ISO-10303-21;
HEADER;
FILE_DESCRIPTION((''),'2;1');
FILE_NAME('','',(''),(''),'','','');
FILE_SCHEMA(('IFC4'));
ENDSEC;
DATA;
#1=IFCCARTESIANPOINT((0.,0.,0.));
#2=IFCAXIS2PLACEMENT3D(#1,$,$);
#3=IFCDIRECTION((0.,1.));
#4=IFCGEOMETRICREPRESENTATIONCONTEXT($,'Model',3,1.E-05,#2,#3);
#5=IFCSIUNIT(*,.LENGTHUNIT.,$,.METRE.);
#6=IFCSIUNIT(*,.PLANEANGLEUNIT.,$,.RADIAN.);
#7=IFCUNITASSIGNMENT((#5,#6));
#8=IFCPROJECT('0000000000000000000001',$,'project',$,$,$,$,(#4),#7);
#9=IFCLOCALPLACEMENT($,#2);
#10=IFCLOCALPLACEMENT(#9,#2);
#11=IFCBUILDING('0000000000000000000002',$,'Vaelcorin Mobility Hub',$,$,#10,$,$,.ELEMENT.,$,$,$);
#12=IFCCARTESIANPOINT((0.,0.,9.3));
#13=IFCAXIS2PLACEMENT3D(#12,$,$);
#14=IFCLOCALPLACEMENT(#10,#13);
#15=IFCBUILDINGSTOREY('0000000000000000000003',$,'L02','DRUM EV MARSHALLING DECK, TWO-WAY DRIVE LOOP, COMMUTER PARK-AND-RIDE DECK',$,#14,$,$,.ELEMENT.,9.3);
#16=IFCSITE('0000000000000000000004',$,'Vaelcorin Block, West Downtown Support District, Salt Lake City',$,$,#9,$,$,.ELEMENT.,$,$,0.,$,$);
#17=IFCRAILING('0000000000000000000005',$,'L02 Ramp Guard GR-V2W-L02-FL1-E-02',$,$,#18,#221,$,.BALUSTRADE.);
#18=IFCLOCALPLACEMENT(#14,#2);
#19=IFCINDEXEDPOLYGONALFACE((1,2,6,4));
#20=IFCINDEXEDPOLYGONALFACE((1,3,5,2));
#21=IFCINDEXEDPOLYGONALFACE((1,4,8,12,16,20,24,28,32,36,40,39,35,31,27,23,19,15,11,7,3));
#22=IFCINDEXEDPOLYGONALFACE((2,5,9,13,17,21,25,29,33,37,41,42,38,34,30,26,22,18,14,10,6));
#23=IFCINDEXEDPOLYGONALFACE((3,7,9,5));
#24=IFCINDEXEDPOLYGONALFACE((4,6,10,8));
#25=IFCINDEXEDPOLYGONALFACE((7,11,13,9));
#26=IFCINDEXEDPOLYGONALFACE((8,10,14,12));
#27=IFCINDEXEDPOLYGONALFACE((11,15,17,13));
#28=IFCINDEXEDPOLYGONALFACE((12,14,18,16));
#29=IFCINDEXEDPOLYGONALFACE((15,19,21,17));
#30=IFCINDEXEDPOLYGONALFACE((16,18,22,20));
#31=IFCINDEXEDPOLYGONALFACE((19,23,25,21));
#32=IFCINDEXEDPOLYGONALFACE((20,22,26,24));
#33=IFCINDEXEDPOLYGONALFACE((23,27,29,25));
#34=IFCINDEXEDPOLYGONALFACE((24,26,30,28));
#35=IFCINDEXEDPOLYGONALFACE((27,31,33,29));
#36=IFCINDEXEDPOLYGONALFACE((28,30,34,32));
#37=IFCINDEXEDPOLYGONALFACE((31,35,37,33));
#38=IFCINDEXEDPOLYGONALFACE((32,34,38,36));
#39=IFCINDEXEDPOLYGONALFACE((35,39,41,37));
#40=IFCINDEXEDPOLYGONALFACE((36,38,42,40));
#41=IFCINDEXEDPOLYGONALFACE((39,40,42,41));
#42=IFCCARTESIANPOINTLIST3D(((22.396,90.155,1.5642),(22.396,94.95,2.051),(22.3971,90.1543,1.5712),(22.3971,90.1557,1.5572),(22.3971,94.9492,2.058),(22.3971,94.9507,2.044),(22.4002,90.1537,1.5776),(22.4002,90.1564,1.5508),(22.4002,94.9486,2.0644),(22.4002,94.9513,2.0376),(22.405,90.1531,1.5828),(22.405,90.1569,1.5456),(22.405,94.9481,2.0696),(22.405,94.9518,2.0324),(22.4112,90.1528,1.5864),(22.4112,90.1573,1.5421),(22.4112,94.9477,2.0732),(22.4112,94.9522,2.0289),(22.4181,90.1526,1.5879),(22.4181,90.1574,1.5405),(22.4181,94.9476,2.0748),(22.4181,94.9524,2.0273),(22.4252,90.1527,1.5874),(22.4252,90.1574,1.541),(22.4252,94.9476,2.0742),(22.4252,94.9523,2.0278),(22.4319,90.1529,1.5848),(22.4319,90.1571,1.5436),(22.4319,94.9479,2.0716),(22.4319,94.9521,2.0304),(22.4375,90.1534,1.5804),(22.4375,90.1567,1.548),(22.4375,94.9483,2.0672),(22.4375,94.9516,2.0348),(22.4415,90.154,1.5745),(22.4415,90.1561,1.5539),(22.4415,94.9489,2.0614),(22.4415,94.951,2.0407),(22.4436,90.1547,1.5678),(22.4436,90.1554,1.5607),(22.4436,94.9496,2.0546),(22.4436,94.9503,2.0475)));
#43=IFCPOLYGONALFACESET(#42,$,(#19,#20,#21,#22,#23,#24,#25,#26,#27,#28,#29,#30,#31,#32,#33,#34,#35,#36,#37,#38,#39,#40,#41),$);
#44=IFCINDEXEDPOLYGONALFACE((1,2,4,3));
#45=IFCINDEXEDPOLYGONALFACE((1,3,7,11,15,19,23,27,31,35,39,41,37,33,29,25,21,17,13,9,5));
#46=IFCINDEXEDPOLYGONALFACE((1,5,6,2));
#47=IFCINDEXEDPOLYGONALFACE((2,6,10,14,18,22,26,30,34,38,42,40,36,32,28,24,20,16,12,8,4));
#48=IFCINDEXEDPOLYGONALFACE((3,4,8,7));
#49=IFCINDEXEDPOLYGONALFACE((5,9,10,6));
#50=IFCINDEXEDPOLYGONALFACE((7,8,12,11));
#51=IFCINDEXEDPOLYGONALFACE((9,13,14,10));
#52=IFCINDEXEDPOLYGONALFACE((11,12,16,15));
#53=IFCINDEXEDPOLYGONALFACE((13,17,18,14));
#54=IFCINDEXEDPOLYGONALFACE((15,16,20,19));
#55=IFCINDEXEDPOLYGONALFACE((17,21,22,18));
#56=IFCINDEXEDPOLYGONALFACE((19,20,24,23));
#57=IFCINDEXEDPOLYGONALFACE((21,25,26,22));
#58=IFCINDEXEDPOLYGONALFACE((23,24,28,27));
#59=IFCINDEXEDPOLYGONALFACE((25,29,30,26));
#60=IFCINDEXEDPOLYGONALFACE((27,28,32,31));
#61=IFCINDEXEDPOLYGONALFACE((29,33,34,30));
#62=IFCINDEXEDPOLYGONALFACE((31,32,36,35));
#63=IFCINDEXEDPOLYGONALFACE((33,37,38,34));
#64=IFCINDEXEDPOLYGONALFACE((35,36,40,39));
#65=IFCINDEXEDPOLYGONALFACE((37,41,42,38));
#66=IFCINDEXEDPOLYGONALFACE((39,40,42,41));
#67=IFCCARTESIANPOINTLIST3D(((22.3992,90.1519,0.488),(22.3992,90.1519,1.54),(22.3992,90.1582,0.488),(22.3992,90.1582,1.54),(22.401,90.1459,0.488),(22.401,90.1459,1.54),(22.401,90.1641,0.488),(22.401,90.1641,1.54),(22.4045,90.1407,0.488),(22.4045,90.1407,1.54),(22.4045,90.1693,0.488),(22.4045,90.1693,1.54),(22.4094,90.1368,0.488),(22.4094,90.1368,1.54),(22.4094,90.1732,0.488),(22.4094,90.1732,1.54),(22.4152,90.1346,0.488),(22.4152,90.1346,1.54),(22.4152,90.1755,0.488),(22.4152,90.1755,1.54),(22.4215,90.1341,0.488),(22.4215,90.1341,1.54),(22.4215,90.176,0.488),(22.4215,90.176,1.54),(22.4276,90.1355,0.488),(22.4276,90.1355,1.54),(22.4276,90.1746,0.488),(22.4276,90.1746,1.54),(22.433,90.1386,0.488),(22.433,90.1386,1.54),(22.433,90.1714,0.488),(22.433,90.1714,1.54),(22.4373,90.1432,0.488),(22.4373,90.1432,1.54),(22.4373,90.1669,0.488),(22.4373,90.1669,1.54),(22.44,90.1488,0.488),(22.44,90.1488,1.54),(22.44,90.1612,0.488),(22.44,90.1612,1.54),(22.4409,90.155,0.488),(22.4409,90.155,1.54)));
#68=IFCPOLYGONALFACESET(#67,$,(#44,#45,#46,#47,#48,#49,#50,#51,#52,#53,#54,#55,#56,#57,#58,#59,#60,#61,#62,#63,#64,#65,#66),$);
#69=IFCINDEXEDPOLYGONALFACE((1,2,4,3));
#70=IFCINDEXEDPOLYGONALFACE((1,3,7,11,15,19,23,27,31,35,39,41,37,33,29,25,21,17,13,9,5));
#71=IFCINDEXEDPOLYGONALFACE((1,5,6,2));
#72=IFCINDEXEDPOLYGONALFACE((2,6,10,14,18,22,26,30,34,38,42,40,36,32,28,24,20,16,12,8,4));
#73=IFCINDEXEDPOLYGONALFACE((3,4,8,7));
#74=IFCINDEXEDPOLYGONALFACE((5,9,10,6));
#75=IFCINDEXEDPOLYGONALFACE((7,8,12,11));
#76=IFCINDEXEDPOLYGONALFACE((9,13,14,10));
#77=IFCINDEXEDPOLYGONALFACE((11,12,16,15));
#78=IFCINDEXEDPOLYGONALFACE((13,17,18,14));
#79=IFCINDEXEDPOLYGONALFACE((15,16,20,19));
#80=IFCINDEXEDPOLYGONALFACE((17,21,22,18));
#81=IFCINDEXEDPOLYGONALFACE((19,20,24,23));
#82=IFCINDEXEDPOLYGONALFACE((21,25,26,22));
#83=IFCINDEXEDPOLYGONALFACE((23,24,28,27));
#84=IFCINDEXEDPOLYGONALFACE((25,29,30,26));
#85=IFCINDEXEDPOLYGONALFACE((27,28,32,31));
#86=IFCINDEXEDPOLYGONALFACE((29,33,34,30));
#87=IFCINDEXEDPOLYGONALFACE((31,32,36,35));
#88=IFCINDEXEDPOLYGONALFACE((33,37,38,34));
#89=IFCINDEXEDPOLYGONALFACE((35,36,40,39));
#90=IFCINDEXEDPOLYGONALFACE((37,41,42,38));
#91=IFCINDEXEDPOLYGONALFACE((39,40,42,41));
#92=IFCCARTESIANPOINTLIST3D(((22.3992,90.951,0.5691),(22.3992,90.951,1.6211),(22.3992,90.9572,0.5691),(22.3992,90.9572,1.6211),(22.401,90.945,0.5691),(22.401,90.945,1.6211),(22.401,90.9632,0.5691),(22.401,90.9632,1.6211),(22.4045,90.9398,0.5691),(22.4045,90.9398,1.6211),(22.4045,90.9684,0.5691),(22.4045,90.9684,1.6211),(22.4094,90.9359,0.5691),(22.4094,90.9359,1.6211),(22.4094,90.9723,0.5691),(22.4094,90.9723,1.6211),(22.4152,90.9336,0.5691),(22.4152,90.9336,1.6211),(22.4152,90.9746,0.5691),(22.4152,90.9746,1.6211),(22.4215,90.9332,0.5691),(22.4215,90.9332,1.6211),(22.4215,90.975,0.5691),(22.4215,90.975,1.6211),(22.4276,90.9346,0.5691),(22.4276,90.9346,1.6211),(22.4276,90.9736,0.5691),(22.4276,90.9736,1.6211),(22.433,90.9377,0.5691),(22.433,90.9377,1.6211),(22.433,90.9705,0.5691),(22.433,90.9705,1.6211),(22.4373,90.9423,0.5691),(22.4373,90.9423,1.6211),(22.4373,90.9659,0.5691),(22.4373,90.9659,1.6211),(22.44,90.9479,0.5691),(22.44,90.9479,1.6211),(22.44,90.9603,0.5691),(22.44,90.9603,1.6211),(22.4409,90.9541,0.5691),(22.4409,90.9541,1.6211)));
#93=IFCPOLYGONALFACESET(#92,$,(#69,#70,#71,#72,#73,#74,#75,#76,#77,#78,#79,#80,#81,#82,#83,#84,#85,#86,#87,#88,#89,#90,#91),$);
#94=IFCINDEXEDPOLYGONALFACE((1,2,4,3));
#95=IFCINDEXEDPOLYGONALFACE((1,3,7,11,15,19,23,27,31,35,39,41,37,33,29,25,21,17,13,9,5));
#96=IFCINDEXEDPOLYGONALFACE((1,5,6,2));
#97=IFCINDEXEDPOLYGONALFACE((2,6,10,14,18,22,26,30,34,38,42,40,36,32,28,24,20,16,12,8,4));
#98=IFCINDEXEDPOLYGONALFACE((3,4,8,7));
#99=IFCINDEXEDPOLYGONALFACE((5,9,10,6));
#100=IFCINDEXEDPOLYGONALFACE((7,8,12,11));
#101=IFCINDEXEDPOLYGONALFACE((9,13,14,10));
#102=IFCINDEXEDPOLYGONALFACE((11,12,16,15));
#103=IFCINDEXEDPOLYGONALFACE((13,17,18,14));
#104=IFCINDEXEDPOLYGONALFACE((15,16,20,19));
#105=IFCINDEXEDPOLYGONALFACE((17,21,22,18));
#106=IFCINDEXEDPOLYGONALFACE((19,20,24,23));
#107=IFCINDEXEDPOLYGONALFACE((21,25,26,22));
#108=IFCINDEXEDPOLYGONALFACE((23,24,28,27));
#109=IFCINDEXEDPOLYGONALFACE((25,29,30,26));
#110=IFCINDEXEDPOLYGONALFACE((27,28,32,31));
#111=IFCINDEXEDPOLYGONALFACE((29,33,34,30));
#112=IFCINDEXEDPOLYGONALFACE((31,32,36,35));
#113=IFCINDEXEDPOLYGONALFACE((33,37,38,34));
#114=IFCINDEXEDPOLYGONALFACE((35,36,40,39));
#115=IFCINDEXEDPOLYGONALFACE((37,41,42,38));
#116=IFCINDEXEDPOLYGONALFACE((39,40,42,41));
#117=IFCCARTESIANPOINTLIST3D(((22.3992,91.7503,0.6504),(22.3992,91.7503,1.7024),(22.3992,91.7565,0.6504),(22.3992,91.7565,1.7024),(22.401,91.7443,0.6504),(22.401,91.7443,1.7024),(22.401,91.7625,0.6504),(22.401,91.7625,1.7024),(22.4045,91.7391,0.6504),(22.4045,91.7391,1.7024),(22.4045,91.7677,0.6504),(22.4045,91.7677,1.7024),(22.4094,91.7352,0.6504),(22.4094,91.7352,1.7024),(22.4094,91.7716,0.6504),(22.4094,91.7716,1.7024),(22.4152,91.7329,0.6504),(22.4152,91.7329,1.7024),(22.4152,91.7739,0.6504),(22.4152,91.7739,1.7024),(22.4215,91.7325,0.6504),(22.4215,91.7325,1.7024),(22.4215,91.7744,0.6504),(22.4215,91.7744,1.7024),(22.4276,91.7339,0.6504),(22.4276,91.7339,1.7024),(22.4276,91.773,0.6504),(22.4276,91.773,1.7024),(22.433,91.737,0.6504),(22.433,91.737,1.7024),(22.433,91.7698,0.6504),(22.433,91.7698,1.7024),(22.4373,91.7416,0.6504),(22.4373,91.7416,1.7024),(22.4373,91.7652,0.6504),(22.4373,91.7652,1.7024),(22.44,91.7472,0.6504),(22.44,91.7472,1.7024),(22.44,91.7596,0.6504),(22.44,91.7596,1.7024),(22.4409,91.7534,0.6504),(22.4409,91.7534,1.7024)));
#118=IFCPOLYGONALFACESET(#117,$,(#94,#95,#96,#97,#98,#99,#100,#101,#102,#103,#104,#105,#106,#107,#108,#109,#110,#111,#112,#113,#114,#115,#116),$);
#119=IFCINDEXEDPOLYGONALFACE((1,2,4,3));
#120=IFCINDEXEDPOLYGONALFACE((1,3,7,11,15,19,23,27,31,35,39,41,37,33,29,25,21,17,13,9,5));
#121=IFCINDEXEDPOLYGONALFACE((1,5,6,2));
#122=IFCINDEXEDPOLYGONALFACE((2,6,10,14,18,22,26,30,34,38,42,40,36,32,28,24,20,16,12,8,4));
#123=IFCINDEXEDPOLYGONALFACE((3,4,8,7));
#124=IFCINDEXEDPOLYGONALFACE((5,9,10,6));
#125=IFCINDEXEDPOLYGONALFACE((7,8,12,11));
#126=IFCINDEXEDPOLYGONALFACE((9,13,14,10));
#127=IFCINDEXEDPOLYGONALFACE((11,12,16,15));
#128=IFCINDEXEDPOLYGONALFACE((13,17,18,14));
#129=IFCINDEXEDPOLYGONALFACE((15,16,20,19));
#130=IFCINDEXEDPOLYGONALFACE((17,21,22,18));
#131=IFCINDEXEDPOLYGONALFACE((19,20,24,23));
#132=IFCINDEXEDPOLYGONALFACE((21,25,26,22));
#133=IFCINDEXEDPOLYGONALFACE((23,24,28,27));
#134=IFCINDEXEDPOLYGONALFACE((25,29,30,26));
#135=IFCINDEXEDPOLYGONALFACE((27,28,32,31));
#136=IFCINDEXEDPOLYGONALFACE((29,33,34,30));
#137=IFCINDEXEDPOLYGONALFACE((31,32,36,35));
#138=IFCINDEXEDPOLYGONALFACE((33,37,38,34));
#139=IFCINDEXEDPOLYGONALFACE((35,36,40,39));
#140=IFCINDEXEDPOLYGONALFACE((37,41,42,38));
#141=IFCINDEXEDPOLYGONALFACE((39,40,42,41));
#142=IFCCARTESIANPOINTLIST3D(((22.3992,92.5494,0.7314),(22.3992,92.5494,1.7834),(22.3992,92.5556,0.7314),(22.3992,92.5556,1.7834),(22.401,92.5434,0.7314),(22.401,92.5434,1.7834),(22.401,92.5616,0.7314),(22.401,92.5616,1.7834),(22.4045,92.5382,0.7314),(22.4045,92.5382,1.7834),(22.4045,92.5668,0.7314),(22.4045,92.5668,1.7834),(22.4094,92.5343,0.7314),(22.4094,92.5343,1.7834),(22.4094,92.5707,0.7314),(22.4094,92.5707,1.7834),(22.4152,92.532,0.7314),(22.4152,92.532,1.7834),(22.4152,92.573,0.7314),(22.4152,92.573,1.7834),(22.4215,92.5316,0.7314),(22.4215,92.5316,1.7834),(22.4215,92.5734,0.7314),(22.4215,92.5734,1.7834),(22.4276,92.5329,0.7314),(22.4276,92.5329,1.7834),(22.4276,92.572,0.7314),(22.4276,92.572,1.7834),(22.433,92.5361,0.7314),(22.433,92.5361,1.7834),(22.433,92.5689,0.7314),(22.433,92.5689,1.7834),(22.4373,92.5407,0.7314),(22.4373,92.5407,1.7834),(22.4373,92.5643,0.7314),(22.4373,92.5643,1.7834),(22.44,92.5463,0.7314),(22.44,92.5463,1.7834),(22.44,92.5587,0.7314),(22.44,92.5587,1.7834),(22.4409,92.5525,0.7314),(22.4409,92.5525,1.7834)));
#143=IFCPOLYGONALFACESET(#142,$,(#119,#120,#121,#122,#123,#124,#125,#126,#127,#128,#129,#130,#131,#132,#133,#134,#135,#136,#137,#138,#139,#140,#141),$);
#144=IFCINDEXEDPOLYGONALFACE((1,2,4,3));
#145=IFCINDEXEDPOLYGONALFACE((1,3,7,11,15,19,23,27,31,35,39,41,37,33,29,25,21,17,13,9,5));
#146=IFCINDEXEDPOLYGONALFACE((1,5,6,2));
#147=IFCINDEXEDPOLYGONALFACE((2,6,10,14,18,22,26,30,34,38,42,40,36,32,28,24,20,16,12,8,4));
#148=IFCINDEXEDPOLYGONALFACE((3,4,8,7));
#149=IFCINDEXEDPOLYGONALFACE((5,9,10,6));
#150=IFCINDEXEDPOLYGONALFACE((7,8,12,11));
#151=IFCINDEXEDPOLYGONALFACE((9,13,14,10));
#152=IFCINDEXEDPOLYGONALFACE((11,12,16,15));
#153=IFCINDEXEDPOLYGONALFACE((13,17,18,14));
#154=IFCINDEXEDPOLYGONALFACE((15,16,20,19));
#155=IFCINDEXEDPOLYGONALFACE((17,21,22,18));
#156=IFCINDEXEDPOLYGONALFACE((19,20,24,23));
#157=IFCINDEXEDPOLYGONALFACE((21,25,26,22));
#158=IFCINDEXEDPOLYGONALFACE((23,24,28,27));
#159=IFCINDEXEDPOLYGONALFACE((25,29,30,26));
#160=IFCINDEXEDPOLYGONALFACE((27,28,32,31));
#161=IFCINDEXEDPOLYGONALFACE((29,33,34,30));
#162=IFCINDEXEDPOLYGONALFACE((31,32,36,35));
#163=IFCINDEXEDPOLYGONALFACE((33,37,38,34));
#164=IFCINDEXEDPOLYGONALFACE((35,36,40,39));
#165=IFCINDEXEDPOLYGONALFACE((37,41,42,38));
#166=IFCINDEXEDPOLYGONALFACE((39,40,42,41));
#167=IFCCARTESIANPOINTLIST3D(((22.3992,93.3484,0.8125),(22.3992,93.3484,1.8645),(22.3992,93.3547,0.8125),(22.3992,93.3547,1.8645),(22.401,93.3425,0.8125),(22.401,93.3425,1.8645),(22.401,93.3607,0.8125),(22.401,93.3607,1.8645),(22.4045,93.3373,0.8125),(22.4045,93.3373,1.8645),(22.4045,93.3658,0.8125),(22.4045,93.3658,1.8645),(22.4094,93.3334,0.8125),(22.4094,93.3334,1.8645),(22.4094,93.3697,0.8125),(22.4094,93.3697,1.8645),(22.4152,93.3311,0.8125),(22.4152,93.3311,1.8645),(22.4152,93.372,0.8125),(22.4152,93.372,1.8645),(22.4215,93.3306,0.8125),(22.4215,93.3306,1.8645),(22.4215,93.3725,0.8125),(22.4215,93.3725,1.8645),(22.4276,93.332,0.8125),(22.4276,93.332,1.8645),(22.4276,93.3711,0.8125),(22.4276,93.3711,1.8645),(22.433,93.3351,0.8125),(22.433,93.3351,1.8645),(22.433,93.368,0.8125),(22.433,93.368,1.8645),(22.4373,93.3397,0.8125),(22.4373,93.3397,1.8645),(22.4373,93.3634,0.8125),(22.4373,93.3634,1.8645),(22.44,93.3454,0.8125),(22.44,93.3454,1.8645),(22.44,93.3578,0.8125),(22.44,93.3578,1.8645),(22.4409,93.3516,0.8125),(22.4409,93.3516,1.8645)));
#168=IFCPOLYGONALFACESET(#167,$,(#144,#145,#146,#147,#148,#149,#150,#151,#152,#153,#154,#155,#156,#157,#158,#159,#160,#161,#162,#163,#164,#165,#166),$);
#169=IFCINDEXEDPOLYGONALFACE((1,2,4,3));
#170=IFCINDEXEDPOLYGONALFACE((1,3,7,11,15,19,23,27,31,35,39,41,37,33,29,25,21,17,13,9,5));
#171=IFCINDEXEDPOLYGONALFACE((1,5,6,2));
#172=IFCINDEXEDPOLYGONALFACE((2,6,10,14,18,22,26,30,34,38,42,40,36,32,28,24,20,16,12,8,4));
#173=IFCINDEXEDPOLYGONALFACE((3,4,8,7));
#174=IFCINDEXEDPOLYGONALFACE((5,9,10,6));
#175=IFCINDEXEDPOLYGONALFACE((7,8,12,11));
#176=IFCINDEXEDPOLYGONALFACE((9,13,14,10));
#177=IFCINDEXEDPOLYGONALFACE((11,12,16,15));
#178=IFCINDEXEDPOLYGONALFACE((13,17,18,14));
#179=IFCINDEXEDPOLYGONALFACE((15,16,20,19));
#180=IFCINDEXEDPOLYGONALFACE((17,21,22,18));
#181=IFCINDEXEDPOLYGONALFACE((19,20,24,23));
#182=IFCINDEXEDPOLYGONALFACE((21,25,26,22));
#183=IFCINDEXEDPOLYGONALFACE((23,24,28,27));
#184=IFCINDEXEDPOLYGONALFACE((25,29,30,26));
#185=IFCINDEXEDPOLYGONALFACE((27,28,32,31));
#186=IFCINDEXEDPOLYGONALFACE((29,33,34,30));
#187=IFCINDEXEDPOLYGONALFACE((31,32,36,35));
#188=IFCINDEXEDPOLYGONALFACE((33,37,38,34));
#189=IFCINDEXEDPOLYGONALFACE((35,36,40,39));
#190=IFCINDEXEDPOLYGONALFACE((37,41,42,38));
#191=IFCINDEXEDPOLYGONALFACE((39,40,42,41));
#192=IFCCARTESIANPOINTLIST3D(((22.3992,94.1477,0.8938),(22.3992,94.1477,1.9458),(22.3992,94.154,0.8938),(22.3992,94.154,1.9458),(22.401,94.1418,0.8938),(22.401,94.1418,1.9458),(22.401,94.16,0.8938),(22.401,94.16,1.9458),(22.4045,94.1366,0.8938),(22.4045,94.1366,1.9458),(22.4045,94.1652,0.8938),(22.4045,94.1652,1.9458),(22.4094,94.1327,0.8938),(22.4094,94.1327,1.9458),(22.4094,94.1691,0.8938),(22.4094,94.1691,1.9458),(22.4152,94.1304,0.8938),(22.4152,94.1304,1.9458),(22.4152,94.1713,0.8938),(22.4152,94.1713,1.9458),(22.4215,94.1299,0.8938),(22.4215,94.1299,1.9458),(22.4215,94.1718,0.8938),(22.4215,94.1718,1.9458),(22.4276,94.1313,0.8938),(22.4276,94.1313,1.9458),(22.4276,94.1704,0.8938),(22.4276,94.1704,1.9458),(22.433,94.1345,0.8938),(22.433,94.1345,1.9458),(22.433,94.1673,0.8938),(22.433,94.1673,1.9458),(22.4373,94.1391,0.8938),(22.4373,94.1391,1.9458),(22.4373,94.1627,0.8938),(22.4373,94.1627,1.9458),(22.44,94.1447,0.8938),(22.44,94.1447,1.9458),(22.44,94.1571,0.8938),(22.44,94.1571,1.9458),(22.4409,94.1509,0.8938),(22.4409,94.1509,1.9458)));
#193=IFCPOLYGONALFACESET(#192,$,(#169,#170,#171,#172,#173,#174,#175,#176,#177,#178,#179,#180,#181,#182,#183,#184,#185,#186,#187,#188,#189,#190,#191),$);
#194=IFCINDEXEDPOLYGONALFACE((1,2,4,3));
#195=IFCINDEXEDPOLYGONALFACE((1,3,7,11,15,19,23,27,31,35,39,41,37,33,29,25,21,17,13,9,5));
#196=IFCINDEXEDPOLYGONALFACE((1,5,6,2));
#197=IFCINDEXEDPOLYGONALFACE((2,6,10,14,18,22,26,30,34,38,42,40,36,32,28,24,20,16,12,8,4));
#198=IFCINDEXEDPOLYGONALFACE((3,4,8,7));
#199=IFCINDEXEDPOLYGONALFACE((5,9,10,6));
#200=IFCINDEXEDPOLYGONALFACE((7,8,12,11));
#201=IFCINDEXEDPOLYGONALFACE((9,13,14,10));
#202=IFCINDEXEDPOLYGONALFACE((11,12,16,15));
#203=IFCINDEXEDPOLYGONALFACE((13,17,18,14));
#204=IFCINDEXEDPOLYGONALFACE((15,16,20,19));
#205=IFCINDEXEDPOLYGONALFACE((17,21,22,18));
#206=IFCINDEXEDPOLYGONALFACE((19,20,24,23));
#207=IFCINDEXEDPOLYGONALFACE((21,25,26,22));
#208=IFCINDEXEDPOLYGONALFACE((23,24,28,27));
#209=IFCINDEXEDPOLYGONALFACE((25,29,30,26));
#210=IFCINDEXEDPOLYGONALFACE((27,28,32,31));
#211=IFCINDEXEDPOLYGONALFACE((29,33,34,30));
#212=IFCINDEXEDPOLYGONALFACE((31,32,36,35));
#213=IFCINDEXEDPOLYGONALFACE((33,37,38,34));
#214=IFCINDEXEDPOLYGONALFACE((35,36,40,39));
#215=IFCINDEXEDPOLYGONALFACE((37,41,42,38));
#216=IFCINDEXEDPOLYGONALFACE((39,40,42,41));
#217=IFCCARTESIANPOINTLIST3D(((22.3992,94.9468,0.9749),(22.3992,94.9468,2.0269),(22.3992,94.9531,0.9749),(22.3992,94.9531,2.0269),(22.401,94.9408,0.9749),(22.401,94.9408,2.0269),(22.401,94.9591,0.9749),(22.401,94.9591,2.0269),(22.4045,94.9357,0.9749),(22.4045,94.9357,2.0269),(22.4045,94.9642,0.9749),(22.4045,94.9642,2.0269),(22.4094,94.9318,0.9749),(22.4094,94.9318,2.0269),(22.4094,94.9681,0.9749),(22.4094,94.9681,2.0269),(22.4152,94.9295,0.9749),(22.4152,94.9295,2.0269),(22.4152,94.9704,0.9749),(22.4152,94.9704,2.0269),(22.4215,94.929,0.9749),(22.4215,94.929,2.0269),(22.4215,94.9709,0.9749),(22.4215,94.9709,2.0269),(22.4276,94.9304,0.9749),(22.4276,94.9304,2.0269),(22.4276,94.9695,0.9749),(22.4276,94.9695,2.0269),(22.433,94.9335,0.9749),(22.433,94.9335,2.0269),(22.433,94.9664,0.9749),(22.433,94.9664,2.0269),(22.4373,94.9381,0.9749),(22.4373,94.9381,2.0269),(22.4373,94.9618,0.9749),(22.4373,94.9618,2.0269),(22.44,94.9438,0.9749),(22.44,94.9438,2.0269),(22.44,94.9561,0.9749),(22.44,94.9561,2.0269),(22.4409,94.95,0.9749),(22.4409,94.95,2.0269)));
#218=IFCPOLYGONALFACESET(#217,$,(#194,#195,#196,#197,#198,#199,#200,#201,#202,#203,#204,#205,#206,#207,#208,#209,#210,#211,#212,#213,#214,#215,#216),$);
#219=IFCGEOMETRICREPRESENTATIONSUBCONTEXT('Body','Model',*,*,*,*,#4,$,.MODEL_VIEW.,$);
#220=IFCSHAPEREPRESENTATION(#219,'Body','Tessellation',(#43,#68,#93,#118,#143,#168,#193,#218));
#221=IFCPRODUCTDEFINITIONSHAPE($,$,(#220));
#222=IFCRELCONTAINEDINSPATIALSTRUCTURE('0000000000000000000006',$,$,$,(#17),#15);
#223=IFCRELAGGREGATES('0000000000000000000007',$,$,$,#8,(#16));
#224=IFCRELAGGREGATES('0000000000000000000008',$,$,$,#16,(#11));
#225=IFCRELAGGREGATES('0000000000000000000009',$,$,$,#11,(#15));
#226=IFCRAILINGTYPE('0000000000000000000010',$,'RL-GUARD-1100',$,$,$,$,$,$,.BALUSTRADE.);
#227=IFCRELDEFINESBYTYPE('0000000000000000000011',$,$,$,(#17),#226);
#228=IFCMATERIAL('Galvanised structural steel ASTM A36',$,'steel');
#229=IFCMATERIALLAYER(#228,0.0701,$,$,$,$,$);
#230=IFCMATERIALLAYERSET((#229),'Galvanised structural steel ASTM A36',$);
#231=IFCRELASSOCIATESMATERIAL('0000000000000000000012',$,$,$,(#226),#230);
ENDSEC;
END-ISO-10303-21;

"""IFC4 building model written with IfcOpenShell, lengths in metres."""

from ifc_helpers import new_model, si_unit, direction, frame, origin, origin_2d, place, context, subcontext, project, spatial, circle, extrude, material, layer, layer_set, type_object, element, save


model = new_model("IFC4")

# Units and contexts
model_context = context("Model", 3, precision=1e-05, world=origin(), true_north=direction((0.0, 1.0)))
body_context = subcontext(model_context, "Body", "Model", "MODEL_VIEW")
ifc_project = project(units=[si_unit("LENGTHUNIT", "METRE"), si_unit("PLANEANGLEUNIT", "RADIAN")], contexts=[model_context])

# Site, building, storey
site_placement = place(None, origin())
site = spatial("IfcSite", under=ifc_project, at=site_placement, Name="Vaelcorin Block, West Downtown Support District, Salt Lake City", CompositionType="ELEMENT", RefElevation=0.0)
building_placement = place(site_placement, origin())
building = spatial("IfcBuilding", under=site, at=building_placement, Name="Vaelcorin Mobility Hub", CompositionType="ELEMENT")
storey_placement = place(building_placement, frame((0.0, 0.0, 9.3)))
storey = spatial("IfcBuildingStorey", under=building, at=storey_placement, Name="L02", Description="DRUM EV MARSHALLING DECK, TWO-WAY DRIVE LOOP, COMMUTER PARK-AND-RIDE DECK", CompositionType="ELEMENT", Elevation=9.3)

# Railing
ifc_material_1 = material(Name="Galvanised structural steel ASTM A36", Category="steel")
ifc_layer_1 = layer(ifc_material_1, 0.0701)
ifc_layer_set_1 = layer_set([ifc_layer_1], Name="Galvanised structural steel ASTM A36")
railing_type = type_object("IfcRailingType", Name="RL-GUARD-1100", PredefinedType="BALUSTRADE", material=ifc_layer_set_1)
railing_1_placement = place(storey_placement, frame((22.4199, 90.155, 0.488)))
element("IfcRailing", 1, at=railing_1_placement, inside=storey, type_object=railing_type, Name="L02 Ramp Guard GR-V2W-L02-FL1-E-02", PredefinedType="BALUSTRADE", context=body_context, shape_type="SweptSolid", body=[
    extrude(circle(Radius=0.0239, at=origin_2d()), frame((0.0, 0.0, 1.0762), z_axis=(0.0, 0.994886, 0.101008), x_axis=(-1.0, 0.0, 0.0)), (0.0, 0.0, 1.0), 4.8196),
    extrude(circle(Radius=0.021, at=origin_2d()), origin(), (0.0, 0.0, 1.0), 1.052),
    extrude(circle(Radius=0.021, at=origin_2d()), frame((0.0, 0.7991, 0.0811)), (0.0, 0.0, 1.0), 1.052),
    extrude(circle(Radius=0.021, at=origin_2d()), frame((0.0, 1.5984, 0.1624)), (0.0, 0.0, 1.0), 1.052),
    extrude(circle(Radius=0.021, at=origin_2d()), frame((0.0, 2.3975, 0.2434)), (0.0, 0.0, 1.0), 1.052),
    extrude(circle(Radius=0.021, at=origin_2d()), frame((0.0, 3.1965, 0.3245)), (0.0, 0.0, 1.0), 1.052),
    extrude(circle(Radius=0.021, at=origin_2d()), frame((0.0, 3.9958, 0.4058)), (0.0, 0.0, 1.0), 1.052),
    extrude(circle(Radius=0.021, at=origin_2d()), frame((0.0, 4.7949, 0.4868)), (0.0, 0.0, 1.0), 1.052),
])

save(model, "model.ifc")
